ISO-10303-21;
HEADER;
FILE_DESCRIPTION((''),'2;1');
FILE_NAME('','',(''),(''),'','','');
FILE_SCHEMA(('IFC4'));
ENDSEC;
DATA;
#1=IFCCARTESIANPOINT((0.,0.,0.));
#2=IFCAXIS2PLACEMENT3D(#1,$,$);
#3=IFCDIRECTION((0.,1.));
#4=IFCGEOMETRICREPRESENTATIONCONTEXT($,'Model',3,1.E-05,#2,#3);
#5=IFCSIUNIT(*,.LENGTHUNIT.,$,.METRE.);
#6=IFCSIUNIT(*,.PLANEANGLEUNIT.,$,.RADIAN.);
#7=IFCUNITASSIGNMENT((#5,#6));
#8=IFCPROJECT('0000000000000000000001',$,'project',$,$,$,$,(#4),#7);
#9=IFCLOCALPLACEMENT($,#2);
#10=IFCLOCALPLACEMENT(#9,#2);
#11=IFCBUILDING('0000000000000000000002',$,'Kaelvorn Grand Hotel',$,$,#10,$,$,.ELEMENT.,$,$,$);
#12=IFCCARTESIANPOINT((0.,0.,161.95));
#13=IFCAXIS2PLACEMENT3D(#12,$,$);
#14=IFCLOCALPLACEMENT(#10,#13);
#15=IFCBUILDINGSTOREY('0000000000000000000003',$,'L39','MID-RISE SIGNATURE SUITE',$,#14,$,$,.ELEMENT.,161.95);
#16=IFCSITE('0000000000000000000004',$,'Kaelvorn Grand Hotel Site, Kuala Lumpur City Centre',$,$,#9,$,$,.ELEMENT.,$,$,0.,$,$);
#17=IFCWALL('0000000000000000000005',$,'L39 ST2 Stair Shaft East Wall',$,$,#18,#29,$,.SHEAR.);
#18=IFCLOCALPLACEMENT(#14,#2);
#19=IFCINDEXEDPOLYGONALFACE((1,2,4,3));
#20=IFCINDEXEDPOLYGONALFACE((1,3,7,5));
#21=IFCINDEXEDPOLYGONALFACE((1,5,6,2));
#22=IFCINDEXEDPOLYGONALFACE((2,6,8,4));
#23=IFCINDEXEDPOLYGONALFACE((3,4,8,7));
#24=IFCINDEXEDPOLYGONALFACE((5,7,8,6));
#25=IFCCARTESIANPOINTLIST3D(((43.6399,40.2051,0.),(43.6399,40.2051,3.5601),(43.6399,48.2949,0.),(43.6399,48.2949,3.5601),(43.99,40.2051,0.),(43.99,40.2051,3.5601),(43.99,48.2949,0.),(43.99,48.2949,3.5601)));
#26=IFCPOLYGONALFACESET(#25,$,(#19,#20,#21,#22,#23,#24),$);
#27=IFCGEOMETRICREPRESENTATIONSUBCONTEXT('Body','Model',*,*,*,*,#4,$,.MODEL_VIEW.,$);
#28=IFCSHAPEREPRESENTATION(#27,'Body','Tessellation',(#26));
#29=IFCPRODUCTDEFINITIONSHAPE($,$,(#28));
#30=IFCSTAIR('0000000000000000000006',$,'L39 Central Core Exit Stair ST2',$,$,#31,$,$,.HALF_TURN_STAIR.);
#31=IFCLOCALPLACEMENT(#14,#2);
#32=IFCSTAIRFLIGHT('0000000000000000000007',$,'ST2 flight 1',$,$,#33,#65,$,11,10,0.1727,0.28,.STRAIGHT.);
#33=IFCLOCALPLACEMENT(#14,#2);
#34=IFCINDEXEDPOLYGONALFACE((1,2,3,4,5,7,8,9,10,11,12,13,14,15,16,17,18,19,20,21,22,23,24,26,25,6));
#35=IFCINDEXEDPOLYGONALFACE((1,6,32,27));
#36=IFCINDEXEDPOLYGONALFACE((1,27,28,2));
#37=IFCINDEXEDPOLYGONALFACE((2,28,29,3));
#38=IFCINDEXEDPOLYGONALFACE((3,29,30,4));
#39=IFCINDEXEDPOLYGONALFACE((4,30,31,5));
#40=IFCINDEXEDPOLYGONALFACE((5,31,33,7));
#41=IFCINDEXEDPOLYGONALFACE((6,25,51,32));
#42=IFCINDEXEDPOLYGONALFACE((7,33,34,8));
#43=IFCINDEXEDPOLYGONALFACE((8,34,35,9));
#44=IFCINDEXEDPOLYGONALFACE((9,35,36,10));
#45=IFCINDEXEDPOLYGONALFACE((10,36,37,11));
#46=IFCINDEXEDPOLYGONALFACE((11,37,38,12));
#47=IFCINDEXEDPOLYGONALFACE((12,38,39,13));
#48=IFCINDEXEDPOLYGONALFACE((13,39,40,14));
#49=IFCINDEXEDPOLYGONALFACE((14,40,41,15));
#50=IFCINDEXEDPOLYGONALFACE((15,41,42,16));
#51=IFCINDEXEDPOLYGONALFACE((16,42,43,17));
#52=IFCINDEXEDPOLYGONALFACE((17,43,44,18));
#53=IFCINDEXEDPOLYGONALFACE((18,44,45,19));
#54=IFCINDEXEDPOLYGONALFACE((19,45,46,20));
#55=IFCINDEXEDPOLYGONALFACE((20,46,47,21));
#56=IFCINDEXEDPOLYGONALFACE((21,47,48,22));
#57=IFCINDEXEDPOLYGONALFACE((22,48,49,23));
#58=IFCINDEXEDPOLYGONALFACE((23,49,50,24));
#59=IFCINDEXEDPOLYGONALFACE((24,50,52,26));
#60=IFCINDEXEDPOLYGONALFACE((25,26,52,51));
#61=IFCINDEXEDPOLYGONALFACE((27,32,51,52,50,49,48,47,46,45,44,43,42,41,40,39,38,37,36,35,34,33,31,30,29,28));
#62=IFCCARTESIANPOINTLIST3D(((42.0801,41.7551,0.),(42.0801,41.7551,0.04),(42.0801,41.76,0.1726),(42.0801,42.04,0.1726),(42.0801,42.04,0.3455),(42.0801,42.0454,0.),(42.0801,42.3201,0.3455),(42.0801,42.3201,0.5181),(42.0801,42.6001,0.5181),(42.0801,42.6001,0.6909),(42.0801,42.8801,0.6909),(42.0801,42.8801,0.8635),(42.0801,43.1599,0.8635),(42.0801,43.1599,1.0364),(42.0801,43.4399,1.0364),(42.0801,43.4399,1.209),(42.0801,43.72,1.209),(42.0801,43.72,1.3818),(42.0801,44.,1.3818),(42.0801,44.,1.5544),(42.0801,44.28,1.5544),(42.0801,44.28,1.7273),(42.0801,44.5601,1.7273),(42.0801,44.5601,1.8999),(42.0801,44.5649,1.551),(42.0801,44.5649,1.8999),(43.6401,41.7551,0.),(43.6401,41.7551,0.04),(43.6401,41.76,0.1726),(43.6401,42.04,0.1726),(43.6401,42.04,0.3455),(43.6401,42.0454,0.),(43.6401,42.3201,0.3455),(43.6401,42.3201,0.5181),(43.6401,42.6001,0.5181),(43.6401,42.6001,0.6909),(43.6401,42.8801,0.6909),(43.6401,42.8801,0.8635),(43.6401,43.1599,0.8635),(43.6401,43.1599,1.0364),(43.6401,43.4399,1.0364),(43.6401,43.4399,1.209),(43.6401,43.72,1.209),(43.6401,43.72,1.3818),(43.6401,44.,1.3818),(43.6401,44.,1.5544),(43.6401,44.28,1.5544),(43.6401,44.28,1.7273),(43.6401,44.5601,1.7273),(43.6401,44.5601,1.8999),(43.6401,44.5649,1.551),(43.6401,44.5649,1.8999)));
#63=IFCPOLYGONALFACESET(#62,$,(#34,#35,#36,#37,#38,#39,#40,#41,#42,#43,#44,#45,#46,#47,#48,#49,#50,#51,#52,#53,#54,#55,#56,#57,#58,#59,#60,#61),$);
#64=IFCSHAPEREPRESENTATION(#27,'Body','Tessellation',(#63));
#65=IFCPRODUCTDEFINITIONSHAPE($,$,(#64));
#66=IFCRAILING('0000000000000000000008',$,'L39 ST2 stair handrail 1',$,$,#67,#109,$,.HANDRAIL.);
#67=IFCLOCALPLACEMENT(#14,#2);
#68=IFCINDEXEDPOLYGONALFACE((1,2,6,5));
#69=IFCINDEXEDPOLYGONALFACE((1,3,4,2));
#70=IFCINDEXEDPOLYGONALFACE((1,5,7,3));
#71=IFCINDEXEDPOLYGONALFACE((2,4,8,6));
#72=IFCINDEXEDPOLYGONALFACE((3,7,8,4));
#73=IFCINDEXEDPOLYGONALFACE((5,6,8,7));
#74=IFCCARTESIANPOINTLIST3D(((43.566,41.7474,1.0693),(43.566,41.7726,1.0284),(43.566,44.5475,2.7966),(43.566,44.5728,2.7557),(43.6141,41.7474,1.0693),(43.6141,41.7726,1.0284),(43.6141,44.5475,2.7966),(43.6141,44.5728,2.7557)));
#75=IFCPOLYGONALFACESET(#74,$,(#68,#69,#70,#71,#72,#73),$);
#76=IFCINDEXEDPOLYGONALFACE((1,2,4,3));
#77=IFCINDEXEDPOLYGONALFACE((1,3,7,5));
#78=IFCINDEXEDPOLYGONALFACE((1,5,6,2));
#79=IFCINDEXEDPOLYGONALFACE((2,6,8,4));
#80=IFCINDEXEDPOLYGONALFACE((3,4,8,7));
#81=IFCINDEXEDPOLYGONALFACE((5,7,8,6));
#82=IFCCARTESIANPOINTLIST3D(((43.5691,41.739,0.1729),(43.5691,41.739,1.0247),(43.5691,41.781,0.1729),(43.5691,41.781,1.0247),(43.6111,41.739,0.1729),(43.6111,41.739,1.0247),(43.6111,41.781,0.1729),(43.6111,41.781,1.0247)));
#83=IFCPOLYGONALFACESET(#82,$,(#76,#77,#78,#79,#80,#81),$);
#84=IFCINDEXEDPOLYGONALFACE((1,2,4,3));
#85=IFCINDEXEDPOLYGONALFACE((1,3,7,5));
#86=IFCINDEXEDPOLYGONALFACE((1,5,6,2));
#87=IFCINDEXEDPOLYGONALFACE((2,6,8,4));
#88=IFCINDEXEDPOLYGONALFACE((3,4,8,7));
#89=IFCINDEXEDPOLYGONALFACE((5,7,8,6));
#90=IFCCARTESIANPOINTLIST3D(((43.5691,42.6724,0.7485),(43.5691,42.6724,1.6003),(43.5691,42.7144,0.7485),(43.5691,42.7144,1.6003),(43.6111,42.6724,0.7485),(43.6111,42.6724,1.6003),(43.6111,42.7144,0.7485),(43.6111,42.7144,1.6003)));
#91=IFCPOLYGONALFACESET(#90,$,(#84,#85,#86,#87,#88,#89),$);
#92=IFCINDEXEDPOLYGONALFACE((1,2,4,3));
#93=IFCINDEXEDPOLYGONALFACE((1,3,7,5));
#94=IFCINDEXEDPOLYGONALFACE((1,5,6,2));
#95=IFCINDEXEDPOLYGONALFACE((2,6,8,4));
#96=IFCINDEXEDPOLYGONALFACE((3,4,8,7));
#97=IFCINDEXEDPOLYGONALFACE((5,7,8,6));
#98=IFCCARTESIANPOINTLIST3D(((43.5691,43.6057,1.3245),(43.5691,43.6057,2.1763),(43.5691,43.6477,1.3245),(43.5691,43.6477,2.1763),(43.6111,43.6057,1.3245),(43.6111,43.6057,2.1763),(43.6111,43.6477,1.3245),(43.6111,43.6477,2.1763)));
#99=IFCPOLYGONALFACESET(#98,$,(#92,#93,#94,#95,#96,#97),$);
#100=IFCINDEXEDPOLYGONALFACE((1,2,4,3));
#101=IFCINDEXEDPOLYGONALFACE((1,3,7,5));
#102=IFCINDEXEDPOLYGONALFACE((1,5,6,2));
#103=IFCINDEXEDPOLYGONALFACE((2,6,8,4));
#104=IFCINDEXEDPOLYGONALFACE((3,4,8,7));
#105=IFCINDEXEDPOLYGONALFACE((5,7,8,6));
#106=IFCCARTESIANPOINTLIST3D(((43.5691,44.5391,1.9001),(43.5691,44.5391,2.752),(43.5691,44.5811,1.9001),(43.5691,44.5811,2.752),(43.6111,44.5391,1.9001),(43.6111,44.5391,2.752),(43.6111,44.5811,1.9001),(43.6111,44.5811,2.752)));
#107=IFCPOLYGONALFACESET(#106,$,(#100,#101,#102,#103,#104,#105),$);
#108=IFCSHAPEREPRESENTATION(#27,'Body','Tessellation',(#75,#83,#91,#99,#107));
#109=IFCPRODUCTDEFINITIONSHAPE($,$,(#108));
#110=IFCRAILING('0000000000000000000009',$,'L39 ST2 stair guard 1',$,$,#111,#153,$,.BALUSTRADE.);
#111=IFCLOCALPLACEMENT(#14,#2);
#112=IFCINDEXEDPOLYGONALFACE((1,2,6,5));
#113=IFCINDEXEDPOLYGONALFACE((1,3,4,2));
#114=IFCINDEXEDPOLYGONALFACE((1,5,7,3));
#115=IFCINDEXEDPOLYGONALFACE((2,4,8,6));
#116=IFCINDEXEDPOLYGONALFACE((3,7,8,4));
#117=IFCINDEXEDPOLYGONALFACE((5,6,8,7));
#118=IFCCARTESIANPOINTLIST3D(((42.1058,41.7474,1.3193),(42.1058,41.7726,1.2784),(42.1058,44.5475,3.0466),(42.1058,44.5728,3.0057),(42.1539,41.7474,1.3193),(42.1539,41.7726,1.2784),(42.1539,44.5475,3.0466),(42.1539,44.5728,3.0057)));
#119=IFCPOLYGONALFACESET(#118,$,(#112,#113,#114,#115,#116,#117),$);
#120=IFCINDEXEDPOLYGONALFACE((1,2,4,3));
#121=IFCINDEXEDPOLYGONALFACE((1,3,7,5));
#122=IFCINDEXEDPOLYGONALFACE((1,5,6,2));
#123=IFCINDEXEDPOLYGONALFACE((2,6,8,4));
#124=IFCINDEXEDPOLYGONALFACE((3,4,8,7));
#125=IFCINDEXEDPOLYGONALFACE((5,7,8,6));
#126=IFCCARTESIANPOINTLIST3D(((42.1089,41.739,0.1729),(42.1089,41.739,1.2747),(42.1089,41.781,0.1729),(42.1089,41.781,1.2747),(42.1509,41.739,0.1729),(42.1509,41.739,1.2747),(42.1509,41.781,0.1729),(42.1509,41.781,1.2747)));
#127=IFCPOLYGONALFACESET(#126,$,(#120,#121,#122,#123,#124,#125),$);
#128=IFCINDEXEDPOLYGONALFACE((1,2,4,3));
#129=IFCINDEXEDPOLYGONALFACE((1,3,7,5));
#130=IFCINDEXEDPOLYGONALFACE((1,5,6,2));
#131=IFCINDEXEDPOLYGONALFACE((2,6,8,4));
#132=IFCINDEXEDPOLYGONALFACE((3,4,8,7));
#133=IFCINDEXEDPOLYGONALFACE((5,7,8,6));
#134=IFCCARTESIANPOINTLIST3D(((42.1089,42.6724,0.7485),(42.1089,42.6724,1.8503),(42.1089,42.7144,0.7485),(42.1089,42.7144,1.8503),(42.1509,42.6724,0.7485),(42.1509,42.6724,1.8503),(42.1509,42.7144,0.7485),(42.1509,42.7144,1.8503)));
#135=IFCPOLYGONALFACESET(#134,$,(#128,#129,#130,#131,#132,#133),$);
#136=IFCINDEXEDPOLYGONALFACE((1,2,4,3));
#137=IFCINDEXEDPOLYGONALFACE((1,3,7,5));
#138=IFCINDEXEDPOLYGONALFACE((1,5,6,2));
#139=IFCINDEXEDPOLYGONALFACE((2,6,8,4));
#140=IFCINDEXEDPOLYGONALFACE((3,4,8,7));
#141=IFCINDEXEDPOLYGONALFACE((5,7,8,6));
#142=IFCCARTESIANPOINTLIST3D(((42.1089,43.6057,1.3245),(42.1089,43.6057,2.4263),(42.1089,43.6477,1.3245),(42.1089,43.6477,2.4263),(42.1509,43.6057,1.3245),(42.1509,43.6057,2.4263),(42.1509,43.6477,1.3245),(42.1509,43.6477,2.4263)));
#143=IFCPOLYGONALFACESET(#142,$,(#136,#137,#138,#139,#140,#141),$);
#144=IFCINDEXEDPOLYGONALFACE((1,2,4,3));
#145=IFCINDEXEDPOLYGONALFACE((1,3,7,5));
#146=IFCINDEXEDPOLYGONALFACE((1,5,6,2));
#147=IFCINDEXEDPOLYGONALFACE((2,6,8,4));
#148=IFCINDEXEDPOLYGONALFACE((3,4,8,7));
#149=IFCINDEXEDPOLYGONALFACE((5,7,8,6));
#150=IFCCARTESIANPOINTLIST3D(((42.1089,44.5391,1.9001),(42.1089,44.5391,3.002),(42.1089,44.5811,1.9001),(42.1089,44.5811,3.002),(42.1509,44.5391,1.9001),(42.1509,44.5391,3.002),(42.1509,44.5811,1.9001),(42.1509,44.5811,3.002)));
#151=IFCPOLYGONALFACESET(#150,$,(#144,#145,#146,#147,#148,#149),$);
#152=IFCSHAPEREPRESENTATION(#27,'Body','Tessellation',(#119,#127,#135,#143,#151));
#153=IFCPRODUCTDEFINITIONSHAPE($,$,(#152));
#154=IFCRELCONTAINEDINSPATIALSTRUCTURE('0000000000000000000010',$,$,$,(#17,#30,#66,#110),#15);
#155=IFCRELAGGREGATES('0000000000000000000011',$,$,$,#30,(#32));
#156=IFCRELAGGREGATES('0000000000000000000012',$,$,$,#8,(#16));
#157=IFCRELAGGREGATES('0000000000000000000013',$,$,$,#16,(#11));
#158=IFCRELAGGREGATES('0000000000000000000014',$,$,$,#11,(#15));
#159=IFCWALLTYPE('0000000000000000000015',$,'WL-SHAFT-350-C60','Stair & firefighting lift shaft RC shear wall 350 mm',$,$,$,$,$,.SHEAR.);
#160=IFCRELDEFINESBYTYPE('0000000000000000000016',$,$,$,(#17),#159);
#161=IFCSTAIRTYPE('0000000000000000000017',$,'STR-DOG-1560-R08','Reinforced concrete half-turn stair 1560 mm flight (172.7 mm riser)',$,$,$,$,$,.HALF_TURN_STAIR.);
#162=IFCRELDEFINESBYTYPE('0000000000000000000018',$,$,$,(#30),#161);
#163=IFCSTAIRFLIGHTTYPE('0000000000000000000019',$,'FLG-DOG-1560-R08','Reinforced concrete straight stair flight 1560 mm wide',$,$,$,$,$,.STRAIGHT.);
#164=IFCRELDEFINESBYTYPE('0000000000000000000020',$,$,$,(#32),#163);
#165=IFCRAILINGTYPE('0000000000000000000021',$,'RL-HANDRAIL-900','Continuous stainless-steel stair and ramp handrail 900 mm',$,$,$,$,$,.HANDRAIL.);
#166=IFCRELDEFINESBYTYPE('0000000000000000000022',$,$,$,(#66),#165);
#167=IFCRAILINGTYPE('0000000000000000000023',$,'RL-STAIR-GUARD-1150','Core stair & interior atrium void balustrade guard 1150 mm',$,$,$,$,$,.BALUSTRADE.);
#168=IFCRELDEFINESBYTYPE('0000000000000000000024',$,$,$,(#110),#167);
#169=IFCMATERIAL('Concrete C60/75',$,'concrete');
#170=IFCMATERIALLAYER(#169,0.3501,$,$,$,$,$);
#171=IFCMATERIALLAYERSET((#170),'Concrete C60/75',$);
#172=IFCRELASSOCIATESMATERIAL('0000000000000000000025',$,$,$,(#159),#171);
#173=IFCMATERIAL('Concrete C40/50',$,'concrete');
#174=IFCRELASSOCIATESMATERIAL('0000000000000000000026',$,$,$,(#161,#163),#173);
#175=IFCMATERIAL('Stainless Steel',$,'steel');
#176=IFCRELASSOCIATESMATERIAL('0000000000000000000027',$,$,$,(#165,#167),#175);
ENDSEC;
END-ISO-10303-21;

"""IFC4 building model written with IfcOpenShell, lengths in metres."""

from ifc_helpers import new_model, si_unit, direction, frame, frame_2d, origin, origin_2d, place, context, subcontext, project, spatial, polyline, rectangle, outline, extrude, material, layer, layer_set, type_object, element, aggregate, save


model = new_model("IFC4")

# Units and contexts
model_context = context("Model", 3, precision=1e-05, world=origin(), true_north=direction((0.0, 1.0)))
body_context = subcontext(model_context, "Body", "Model", "MODEL_VIEW")
ifc_project = project(units=[si_unit("LENGTHUNIT", "METRE"), si_unit("PLANEANGLEUNIT", "RADIAN")], contexts=[model_context])

# Site, building, storey
site_placement = place(None, origin())
site = spatial("IfcSite", under=ifc_project, at=site_placement, Name="Kaelvorn Grand Hotel Site, Kuala Lumpur City Centre", CompositionType="ELEMENT", RefElevation=0.0)
building_placement = place(site_placement, origin())
building = spatial("IfcBuilding", under=site, at=building_placement, Name="Kaelvorn Grand Hotel", CompositionType="ELEMENT")
storey_placement = place(building_placement, frame((0.0, 0.0, 161.95)))
storey = spatial("IfcBuildingStorey", under=building, at=storey_placement, Name="L39", Description="MID-RISE SIGNATURE SUITE", CompositionType="ELEMENT", Elevation=161.95)

# Shared definitions
ifc_material_1 = material(Name="Concrete C60/75", Category="concrete")

# Shared definitions
ifc_material_2 = material(Name="Concrete C40/50", Category="concrete")

# Shared definitions
ifc_material_3 = material(Name="Stainless Steel", Category="steel")

# Wall
ifc_layer_1 = layer(ifc_material_1, 0.3501)
ifc_layer_set_1 = layer_set([ifc_layer_1], Name="Concrete C60/75")
wall_type_1 = type_object("IfcWallType", Name="WL-SHAFT-350-C60", Description="Stair & firefighting lift shaft RC shear wall 350 mm", PredefinedType="SHEAR", material=ifc_layer_set_1)
wall_1_placement = place(storey_placement, frame((43.8149, 40.2051, 0.0), z_axis=(0.0, 0.0, 1.0), x_axis=(0.0, 1.0, 0.0)))
element("IfcWall", 1, at=wall_1_placement, inside=storey, type_object=wall_type_1, Name="L39 ST2 Stair Shaft East Wall", PredefinedType="SHEAR", context=body_context, shape_type="SweptSolid", body=[
    extrude(rectangle(XDim=8.0898, YDim=0.3501, at=frame_2d((4.0449, 0.0))), origin(), (0.0, 0.0, 1.0), 3.5601),
])

# Stair, stair flight
stair_type = type_object("IfcStairType", Name="STR-DOG-1560-R08", Description="Reinforced concrete half-turn stair 1560 mm flight (172.7 mm riser)", PredefinedType="HALF_TURN_STAIR", material=ifc_material_2)
stair_placement = place(storey_placement, origin())
stair = element("IfcStair", 2, at=stair_placement, inside=storey, type_object=stair_type, Name="L39 Central Core Exit Stair ST2", PredefinedType="HALF_TURN_STAIR")
stair_flight_type = type_object("IfcStairFlightType", Name="FLG-DOG-1560-R08", Description="Reinforced concrete straight stair flight 1560 mm wide", PredefinedType="STRAIGHT", material=ifc_material_2)
stair_flight_placement = place(storey_placement, frame((42.8601, 41.76, 0.0), z_axis=(0.0, 0.0, 1.0), x_axis=(0.0, 1.0, 0.0)))
stair_flight = element("IfcStairFlight", 3, at=stair_flight_placement, type_object=stair_flight_type, Name="ST2 flight 1", NumberOfRisers=11, NumberOfTreads=10, PredefinedType="STRAIGHT", RiserHeight=0.1727, TreadLength=0.28, context=body_context, shape_type="SweptSolid", body=[
    extrude(outline(polyline([(-0.0049, 0.0), (-0.0049, 0.04), (0.0, 0.1726), (0.28, 0.1726), (0.28, 0.3455), (0.5601, 0.3455), (0.5601, 0.5181), (0.8401, 0.5181), (0.8401, 0.6909), (1.1201, 0.6909), (1.1201, 0.8635), (1.3999, 0.8635), (1.3999, 1.0364), (1.6799, 1.0364), (1.6799, 1.209), (1.96, 1.209), (1.96, 1.3818), (2.24, 1.3818), (2.24, 1.5544), (2.52, 1.5544), (2.52, 1.7273), (2.8, 1.7273), (2.8, 1.8999), (2.8049, 1.8999), (2.8049, 1.551), (0.2854, 0.0), (-0.0049, 0.0)])), frame((0.0, 0.78, 0.0), z_axis=(0.0, -1.0, 0.0), x_axis=(1.0, 0.0, 0.0)), (0.0, 0.0, 1.0), 1.5601),
])
aggregate(stair, [stair_flight])

# Railings
railing_type_1 = type_object("IfcRailingType", Name="RL-HANDRAIL-900", Description="Continuous stainless-steel stair and ramp handrail 900 mm", PredefinedType="HANDRAIL", material=ifc_material_3)
railing_1_placement = place(storey_placement, frame((43.5901, 41.76, 0.1729)))
element("IfcRailing", 4, at=railing_1_placement, inside=storey, type_object=railing_type_1, Name="L39 ST2 stair handrail 1", PredefinedType="HANDRAIL", context=body_context, shape_type="SweptSolid", body=[
    extrude(rectangle(XDim=0.0481, YDim=0.0481, at=origin_2d()), frame((0.0, 0.0, 0.876), z_axis=(0.0, 0.85109, 0.52502), x_axis=(-1.0, 0.0, 0.0)), (0.0, 0.0, 1.0), 3.29),
    extrude(rectangle(XDim=0.042, YDim=0.042, at=origin_2d()), origin(), (0.0, 0.0, 1.0), 0.8518),
    extrude(rectangle(XDim=0.042, YDim=0.042, at=origin_2d()), frame((0.0, 0.9333, 0.5757)), (0.0, 0.0, 1.0), 0.8518),
    extrude(rectangle(XDim=0.042, YDim=0.042, at=origin_2d()), frame((0.0, 1.8667, 1.1516)), (0.0, 0.0, 1.0), 0.8518),
    extrude(rectangle(XDim=0.042, YDim=0.042, at=origin_2d()), frame((0.0, 2.8, 1.7273)), (0.0, 0.0, 1.0), 0.8518),
])
railing_type_2 = type_object("IfcRailingType", Name="RL-STAIR-GUARD-1150", Description="Core stair & interior atrium void balustrade guard 1150 mm", PredefinedType="BALUSTRADE", material=ifc_material_3)
railing_2_placement = place(storey_placement, frame((42.1299, 41.76, 0.1729)))
element("IfcRailing", 5, at=railing_2_placement, inside=storey, type_object=railing_type_2, Name="L39 ST2 stair guard 1", PredefinedType="BALUSTRADE", context=body_context, shape_type="SweptSolid", body=[
    extrude(rectangle(XDim=0.0481, YDim=0.0481, at=origin_2d()), frame((0.0, 0.0, 1.126), z_axis=(0.0, 0.85109, 0.52502), x_axis=(-1.0, 0.0, 0.0)), (0.0, 0.0, 1.0), 3.29),
    extrude(rectangle(XDim=0.042, YDim=0.042, at=origin_2d()), origin(), (0.0, 0.0, 1.0), 1.1018),
    extrude(rectangle(XDim=0.042, YDim=0.042, at=origin_2d()), frame((0.0, 0.9333, 0.5757)), (0.0, 0.0, 1.0), 1.1018),
    extrude(rectangle(XDim=0.042, YDim=0.042, at=origin_2d()), frame((0.0, 1.8667, 1.1516)), (0.0, 0.0, 1.0), 1.1018),
    extrude(rectangle(XDim=0.042, YDim=0.042, at=origin_2d()), frame((0.0, 2.8, 1.7273)), (0.0, 0.0, 1.0), 1.1018),
])

save(model, "model.ifc")
